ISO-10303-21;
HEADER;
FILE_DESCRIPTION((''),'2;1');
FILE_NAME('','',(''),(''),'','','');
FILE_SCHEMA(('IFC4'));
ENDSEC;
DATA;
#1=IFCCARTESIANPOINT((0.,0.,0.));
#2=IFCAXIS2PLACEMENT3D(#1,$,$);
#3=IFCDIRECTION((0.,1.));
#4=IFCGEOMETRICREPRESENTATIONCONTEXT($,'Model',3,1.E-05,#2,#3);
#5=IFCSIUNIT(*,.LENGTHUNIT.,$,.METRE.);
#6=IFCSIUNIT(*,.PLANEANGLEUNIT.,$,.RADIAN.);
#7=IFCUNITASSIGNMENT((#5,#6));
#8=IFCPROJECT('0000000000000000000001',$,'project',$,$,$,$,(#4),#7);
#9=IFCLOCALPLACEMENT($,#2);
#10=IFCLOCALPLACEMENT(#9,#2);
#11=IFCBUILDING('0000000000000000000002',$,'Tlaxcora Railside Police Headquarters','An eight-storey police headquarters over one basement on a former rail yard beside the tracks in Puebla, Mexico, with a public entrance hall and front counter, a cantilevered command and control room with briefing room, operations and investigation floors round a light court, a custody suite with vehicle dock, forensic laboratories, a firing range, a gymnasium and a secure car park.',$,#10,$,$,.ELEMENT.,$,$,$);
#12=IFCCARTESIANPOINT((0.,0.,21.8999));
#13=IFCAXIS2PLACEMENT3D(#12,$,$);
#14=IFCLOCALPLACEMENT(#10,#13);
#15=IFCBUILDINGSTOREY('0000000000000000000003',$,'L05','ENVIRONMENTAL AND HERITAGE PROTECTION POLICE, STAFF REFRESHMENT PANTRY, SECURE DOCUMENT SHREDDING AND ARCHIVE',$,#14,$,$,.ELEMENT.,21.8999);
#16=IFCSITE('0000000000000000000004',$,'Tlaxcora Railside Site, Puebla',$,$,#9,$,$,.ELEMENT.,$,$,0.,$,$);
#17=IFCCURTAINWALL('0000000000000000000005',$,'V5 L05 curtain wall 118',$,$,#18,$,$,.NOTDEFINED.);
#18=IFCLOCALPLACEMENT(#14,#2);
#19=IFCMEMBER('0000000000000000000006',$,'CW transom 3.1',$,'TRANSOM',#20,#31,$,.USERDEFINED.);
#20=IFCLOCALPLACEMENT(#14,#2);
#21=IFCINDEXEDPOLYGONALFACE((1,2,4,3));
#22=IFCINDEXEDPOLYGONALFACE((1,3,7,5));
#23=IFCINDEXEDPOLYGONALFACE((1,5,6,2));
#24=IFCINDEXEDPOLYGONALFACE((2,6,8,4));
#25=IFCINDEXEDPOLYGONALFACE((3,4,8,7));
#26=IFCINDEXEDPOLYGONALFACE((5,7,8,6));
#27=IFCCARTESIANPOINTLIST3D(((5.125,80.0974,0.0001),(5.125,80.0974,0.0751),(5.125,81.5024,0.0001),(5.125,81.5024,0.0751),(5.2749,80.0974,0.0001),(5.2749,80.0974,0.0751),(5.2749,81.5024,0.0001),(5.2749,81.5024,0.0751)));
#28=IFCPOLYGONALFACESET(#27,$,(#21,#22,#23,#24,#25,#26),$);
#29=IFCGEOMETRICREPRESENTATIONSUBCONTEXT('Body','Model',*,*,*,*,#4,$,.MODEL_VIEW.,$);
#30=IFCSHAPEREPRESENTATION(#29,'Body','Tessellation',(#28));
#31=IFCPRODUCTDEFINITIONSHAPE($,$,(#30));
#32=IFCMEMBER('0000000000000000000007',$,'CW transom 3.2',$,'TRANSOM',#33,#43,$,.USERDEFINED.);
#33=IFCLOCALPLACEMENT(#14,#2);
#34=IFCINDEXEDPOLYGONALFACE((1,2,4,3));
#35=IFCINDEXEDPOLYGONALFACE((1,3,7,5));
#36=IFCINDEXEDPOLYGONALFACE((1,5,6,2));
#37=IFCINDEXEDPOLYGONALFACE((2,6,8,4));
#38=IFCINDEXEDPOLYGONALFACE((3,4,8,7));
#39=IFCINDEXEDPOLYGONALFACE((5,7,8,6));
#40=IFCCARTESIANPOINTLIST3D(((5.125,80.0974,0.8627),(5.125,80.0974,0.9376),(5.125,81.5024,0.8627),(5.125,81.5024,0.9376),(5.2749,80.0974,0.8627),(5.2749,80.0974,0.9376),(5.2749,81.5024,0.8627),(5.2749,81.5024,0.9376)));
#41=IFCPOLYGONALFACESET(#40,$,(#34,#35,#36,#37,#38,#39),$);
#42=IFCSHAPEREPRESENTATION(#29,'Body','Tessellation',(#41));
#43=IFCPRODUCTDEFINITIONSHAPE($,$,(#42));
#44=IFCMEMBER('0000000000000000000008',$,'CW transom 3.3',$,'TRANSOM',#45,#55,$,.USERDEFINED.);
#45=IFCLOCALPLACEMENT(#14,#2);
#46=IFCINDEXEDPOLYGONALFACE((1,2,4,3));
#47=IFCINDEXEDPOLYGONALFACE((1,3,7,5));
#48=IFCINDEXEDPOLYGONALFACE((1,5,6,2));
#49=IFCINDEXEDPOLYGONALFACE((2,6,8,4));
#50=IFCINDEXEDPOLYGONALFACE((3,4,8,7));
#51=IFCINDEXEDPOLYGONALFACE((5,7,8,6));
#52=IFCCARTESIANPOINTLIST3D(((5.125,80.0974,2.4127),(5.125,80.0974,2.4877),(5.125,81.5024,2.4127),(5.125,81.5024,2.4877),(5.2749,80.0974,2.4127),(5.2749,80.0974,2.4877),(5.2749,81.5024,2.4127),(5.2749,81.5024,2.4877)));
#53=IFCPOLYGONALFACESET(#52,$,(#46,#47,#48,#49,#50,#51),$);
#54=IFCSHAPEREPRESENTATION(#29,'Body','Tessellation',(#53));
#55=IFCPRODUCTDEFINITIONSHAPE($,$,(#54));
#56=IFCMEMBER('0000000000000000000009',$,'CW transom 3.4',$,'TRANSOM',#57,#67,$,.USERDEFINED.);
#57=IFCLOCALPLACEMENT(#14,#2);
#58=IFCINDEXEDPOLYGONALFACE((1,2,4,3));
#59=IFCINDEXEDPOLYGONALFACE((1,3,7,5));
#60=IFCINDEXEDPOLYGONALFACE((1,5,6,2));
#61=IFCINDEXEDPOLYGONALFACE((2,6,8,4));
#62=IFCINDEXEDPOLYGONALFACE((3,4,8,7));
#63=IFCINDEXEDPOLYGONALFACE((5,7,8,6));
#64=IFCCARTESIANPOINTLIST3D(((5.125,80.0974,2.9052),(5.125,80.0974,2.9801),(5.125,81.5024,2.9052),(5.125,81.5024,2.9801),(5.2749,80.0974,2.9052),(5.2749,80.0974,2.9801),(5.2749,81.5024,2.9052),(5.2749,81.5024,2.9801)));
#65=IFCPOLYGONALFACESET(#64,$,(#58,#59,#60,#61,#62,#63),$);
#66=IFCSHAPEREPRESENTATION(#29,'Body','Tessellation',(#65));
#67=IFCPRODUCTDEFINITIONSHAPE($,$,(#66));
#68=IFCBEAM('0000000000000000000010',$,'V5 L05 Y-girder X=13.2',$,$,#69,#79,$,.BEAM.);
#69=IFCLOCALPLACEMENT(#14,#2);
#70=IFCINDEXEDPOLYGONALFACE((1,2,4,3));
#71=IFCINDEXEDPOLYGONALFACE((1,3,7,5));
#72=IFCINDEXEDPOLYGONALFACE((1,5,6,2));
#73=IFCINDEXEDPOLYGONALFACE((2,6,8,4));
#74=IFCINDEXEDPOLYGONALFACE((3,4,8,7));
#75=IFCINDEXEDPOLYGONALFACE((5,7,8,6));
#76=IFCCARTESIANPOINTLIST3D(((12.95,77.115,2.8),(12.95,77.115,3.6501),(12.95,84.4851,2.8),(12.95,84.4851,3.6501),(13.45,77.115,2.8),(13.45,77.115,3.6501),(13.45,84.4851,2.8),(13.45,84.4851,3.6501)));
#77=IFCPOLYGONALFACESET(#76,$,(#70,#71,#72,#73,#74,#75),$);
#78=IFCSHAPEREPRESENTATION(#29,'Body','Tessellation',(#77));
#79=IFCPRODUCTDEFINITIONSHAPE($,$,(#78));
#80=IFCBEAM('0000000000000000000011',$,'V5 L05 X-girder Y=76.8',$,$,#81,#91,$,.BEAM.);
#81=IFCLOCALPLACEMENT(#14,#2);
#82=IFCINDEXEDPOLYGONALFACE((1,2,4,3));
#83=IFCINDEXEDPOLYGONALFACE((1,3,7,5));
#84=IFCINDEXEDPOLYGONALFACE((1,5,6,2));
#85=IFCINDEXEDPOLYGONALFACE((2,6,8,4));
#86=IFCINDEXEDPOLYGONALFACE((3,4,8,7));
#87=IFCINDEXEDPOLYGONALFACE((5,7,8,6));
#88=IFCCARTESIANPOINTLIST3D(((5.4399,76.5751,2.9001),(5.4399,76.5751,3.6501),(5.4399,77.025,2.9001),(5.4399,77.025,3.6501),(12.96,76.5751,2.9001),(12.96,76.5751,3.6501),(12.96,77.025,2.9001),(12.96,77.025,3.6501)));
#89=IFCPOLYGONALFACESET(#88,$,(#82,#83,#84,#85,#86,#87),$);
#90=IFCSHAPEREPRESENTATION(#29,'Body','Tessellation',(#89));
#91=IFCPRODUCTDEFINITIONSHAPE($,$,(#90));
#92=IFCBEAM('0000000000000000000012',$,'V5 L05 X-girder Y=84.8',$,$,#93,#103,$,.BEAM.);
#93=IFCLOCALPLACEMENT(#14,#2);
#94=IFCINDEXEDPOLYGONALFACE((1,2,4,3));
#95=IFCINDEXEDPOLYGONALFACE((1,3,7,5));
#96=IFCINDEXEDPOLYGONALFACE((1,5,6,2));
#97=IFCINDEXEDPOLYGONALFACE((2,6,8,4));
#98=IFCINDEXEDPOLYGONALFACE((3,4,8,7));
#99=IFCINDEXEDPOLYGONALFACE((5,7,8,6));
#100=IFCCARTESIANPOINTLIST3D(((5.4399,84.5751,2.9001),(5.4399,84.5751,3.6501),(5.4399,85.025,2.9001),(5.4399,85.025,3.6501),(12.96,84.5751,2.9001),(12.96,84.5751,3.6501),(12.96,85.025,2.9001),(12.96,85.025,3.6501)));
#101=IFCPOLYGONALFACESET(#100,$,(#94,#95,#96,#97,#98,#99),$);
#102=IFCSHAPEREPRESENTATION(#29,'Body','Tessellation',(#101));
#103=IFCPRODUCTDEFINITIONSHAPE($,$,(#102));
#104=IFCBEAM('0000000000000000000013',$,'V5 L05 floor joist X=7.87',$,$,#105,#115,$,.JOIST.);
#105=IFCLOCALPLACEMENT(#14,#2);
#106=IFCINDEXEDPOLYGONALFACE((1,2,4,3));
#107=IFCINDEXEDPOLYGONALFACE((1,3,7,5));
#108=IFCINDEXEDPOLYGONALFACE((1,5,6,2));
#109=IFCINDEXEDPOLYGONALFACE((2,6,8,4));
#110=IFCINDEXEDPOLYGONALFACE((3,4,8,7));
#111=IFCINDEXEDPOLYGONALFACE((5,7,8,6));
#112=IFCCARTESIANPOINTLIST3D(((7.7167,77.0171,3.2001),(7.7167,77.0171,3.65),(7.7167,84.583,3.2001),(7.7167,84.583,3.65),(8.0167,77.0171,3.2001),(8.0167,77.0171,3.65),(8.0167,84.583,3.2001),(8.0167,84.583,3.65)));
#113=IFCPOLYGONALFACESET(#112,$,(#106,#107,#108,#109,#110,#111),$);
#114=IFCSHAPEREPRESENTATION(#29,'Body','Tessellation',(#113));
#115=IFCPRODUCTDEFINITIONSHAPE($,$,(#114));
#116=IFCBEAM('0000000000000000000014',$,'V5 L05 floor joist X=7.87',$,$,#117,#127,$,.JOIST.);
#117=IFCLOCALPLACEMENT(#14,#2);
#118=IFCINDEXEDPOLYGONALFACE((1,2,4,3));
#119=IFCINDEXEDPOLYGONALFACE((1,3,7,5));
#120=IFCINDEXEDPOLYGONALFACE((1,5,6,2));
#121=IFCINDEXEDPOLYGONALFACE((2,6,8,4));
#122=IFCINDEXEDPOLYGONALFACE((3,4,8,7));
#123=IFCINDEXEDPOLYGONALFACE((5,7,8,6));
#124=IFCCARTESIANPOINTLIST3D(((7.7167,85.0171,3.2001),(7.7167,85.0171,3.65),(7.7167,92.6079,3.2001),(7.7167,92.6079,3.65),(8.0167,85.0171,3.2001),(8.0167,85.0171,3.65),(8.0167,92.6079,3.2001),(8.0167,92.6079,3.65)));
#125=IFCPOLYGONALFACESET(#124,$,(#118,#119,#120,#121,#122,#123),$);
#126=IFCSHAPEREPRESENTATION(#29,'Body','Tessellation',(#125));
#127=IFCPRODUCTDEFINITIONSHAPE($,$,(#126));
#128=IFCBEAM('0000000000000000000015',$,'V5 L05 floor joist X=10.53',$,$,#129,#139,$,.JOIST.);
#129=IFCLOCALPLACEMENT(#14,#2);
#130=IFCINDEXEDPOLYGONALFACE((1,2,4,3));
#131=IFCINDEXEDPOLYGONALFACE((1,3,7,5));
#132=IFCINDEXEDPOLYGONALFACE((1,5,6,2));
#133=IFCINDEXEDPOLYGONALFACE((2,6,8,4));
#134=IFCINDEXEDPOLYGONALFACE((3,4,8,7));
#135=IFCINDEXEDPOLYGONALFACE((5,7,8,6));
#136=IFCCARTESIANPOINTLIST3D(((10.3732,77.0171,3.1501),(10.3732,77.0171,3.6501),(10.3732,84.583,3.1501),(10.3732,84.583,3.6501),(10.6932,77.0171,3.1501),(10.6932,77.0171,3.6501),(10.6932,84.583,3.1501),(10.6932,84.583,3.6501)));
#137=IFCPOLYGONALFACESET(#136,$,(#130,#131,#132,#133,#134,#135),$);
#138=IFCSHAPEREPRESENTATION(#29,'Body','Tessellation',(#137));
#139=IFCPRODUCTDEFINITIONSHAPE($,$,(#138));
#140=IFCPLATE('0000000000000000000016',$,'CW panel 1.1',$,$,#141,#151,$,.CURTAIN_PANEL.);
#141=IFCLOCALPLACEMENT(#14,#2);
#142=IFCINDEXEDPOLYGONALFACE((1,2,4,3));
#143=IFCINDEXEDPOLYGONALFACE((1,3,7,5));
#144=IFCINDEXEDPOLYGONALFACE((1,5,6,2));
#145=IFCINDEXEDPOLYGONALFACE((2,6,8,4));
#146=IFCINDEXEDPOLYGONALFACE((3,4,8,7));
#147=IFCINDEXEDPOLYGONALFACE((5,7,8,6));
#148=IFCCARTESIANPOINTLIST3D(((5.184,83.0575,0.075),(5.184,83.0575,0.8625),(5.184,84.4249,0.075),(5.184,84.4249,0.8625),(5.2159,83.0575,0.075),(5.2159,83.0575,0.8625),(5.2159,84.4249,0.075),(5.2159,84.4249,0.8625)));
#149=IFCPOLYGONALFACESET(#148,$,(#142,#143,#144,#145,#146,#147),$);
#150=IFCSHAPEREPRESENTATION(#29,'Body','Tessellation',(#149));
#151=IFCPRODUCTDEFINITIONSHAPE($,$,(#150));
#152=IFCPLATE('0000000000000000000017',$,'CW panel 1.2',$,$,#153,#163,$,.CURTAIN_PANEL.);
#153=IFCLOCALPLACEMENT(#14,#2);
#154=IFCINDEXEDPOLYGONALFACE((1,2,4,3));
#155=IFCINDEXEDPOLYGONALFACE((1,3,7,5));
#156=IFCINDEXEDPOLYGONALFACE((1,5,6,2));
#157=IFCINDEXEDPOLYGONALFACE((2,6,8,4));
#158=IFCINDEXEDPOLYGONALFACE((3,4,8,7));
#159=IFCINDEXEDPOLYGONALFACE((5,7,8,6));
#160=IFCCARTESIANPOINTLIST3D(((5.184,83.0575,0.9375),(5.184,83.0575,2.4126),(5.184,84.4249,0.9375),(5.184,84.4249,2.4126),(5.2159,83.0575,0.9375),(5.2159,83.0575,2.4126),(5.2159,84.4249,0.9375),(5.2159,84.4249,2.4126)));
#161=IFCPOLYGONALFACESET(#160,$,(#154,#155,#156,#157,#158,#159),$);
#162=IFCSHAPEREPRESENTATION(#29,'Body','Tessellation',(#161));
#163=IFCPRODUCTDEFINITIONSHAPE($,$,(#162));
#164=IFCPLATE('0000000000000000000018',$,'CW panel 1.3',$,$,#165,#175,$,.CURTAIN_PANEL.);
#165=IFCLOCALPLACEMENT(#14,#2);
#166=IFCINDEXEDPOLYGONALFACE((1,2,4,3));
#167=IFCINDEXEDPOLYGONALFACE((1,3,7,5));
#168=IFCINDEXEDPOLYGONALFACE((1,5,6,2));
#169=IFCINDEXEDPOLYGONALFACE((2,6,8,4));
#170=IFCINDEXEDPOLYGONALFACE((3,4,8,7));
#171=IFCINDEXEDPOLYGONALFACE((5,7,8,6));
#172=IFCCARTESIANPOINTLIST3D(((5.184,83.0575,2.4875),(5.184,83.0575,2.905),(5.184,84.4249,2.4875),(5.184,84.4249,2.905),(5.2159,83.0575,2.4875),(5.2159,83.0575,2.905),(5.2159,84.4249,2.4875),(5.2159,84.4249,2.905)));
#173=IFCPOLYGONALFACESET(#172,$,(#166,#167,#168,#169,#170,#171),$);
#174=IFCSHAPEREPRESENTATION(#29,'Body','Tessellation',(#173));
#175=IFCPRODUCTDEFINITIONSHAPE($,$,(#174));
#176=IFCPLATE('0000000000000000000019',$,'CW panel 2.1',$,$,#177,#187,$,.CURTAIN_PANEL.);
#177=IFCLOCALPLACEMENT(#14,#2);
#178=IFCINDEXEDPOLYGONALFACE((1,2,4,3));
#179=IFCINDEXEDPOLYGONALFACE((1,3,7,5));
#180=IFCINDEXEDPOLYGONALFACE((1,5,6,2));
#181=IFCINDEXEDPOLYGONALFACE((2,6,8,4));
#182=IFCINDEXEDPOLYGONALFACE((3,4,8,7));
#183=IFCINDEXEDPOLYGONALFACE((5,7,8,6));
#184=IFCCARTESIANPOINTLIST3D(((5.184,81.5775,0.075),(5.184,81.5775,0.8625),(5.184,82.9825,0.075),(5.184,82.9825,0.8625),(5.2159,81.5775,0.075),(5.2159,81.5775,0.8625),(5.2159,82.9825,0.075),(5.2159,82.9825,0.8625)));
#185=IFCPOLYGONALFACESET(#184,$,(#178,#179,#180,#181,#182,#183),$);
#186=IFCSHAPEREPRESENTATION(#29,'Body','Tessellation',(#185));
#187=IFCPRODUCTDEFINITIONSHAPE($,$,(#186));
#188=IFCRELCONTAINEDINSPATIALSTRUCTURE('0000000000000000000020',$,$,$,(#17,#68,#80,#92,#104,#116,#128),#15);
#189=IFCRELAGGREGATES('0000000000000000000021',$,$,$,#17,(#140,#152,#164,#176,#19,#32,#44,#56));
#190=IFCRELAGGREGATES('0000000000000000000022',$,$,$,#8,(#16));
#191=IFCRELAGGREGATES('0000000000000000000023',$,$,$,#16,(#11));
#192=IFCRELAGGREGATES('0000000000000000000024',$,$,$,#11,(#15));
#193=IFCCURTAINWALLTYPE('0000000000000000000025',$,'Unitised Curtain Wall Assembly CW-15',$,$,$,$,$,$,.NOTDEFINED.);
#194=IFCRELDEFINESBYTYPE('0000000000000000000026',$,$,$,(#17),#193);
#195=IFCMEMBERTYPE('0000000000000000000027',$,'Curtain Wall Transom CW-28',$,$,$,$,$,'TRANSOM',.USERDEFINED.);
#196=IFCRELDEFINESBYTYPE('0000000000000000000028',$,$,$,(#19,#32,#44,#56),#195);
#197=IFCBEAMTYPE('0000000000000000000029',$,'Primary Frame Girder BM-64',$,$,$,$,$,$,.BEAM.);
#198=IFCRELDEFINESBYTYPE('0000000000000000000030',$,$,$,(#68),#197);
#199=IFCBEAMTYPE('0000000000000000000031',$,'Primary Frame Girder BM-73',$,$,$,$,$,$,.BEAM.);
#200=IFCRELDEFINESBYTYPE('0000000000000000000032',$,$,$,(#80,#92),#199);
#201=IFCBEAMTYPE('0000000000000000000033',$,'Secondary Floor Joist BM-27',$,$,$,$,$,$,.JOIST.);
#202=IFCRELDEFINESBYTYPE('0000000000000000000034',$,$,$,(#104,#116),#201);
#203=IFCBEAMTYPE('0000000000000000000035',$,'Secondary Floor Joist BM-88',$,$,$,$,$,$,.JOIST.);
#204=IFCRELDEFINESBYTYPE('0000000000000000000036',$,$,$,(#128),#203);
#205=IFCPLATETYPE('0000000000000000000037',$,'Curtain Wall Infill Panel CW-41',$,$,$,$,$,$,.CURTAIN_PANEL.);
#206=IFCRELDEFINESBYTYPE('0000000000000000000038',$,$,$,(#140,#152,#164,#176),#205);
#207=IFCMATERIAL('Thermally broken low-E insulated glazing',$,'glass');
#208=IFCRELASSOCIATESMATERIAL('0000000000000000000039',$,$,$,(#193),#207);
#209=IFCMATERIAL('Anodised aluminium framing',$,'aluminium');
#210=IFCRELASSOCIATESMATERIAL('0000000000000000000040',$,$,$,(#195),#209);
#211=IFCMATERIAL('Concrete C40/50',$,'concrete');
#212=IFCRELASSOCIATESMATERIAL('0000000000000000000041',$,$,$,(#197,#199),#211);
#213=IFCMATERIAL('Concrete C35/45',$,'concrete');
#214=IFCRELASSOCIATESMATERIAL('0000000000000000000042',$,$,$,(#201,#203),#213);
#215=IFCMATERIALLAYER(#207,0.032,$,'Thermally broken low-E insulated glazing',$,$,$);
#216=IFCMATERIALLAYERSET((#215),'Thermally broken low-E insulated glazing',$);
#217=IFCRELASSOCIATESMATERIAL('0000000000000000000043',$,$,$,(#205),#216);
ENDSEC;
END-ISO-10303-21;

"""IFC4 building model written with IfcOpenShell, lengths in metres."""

from ifc_helpers import new_model, si_unit, direction, frame, origin, origin_2d, place, context, subcontext, project, spatial, rectangle, extrude, material, layer, layer_set, material_profile, profile_set, type_object, element, aggregate, save


model = new_model("IFC4")

# Units and contexts
model_context = context("Model", 3, precision=1e-05, world=origin(), true_north=direction((0.0, 1.0)))
body_context = subcontext(model_context, "Body", "Model", "MODEL_VIEW")
ifc_project = project(units=[si_unit("LENGTHUNIT", "METRE"), si_unit("PLANEANGLEUNIT", "RADIAN")], contexts=[model_context])

# Site, building, storey
site_placement = place(None, origin())
site = spatial("IfcSite", under=ifc_project, at=site_placement, Name="Tlaxcora Railside Site, Puebla", CompositionType="ELEMENT", RefElevation=0.0)
building_placement = place(site_placement, origin())
building = spatial("IfcBuilding", under=site, at=building_placement, Name="Tlaxcora Railside Police Headquarters", Description="An eight-storey police headquarters over one basement on a former rail yard beside the tracks in Puebla, Mexico, with a public entrance hall and front counter, a cantilevered command and control room with briefing room, operations and investigation floors round a light court, a custody suite with vehicle dock, forensic laboratories, a firing range, a gymnasium and a secure car park.", CompositionType="ELEMENT")
storey_placement = place(building_placement, frame((0.0, 0.0, 21.8999)))
storey = spatial("IfcBuildingStorey", under=building, at=storey_placement, Name="L05", Description="ENVIRONMENTAL AND HERITAGE PROTECTION POLICE, STAFF REFRESHMENT PANTRY, SECURE DOCUMENT SHREDDING AND ARCHIVE", CompositionType="ELEMENT", Elevation=21.8999)

# Shared definitions
ifc_material_1 = material(Name="Concrete C40/50", Category="concrete")

# Curtain wall, members
ifc_material_2 = material(Name="Thermally broken low-E insulated glazing", Category="glass")
curtain_wall_type = type_object("IfcCurtainWallType", Name="Unitised Curtain Wall Assembly CW-15", PredefinedType="NOTDEFINED", material=ifc_material_2)
curtain_wall_placement = place(storey_placement, origin())
curtain_wall = element("IfcCurtainWall", 1, at=curtain_wall_placement, inside=storey, type_object=curtain_wall_type, Name="V5 L05 curtain wall 118", PredefinedType="NOTDEFINED")
ifc_material_3 = material(Name="Anodised aluminium framing", Category="aluminium")
ifc_material_profile_1 = material_profile(ifc_material_3, rectangle(XDim=0.1499, YDim=0.075, at=origin_2d()), Name="AL75X150")
ifc_profile_set_1 = profile_set([ifc_material_profile_1], Name="Anodised aluminium framing")
member_type_1 = type_object("IfcMemberType", Name="Curtain Wall Transom CW-28", ElementType="TRANSOM", PredefinedType="USERDEFINED", material=ifc_profile_set_1)
member_1_placement = place(storey_placement, frame((5.2, 81.5024, 0.0376), z_axis=(0.0, -1.0, 0.0), x_axis=(1.0, 0.0, 0.0)))
member_1 = element("IfcMember", 2, at=member_1_placement, type_object=member_type_1, Name="CW transom 3.1", ObjectType="TRANSOM", PredefinedType="USERDEFINED", context=body_context, shape_type="SweptSolid", body=[
    extrude(rectangle(XDim=0.1499, YDim=0.075, at=origin_2d()), origin(), (0.0, 0.0, 1.0), 1.405),
])
member_2_placement = place(storey_placement, frame((5.2, 81.5024, 0.9001), z_axis=(0.0, -1.0, 0.0), x_axis=(1.0, 0.0, 0.0)))
member_2 = element("IfcMember", 3, at=member_2_placement, type_object=member_type_1, Name="CW transom 3.2", ObjectType="TRANSOM", PredefinedType="USERDEFINED", context=body_context, shape_type="SweptSolid", body=[
    extrude(rectangle(XDim=0.1499, YDim=0.075, at=origin_2d()), origin(), (0.0, 0.0, 1.0), 1.405),
])
member_3_placement = place(storey_placement, frame((5.2, 81.5024, 2.4502), z_axis=(0.0, -1.0, 0.0), x_axis=(1.0, 0.0, 0.0)))
member_3 = element("IfcMember", 4, at=member_3_placement, type_object=member_type_1, Name="CW transom 3.3", ObjectType="TRANSOM", PredefinedType="USERDEFINED", context=body_context, shape_type="SweptSolid", body=[
    extrude(rectangle(XDim=0.1499, YDim=0.075, at=origin_2d()), origin(), (0.0, 0.0, 1.0), 1.405),
])
member_4_placement = place(storey_placement, frame((5.2, 81.5024, 2.9426), z_axis=(0.0, -1.0, 0.0), x_axis=(1.0, 0.0, 0.0)))
member_4 = element("IfcMember", 5, at=member_4_placement, type_object=member_type_1, Name="CW transom 3.4", ObjectType="TRANSOM", PredefinedType="USERDEFINED", context=body_context, shape_type="SweptSolid", body=[
    extrude(rectangle(XDim=0.1499, YDim=0.075, at=origin_2d()), origin(), (0.0, 0.0, 1.0), 1.405),
])

# Beams
ifc_material_profile_2 = material_profile(ifc_material_1, rectangle(XDim=0.5, YDim=0.8501, at=origin_2d()), Name="RC500X850")
ifc_profile_set_2 = profile_set([ifc_material_profile_2], Name="Concrete C40/50")
beam_type_1 = type_object("IfcBeamType", Name="Primary Frame Girder BM-64", PredefinedType="BEAM", material=ifc_profile_set_2)
beam_1_placement = place(storey_placement, frame((13.2, 77.115, 3.2251), z_axis=(0.0, 1.0, 0.0), x_axis=(-1.0, 0.0, 0.0)))
element("IfcBeam", 6, at=beam_1_placement, inside=storey, type_object=beam_type_1, Name="V5 L05 Y-girder X=13.2", PredefinedType="BEAM", context=body_context, shape_type="SweptSolid", body=[
    extrude(rectangle(XDim=0.5, YDim=0.8501, at=origin_2d()), origin(), (0.0, 0.0, 1.0), 7.3701),
])
ifc_material_profile_3 = material_profile(ifc_material_1, rectangle(XDim=0.45, YDim=0.75, at=origin_2d()), Name="RC450X750")
ifc_profile_set_3 = profile_set([ifc_material_profile_3], Name="Concrete C40/50")
beam_type_2 = type_object("IfcBeamType", Name="Primary Frame Girder BM-73", PredefinedType="BEAM", material=ifc_profile_set_3)
for number, where, z_axis, x_axis, name in (
    (7, (5.4399, 76.8, 3.2751), (1.0, 0.0, 0.0), (0.0, 1.0, 0.0), "V5 L05 X-girder Y=76.8"),
    (8, (5.4399, 84.8, 3.2751), (1.0, 0.0, 0.0), (0.0, 1.0, 0.0), "V5 L05 X-girder Y=84.8"),
):
    element("IfcBeam", number, at=place(storey_placement, frame(where, z_axis=z_axis, x_axis=x_axis)), inside=storey, type_object=beam_type_2, Name=name, PredefinedType="BEAM", context=body_context, shape_type="SweptSolid", body=[
        extrude(rectangle(XDim=0.45, YDim=0.75, at=origin_2d()), origin(), (0.0, 0.0, 1.0), 7.52),
    ])
ifc_material_4 = material(Name="Concrete C35/45", Category="concrete")
ifc_material_profile_4 = material_profile(ifc_material_4, rectangle(XDim=0.3, YDim=0.45, at=origin_2d()), Name="RC300X450")
ifc_profile_set_4 = profile_set([ifc_material_profile_4], Name="Concrete C35/45")
beam_type_3 = type_object("IfcBeamType", Name="Secondary Floor Joist BM-27", PredefinedType="JOIST", material=ifc_profile_set_4)
beam_2_placement = place(storey_placement, frame((7.8667, 77.0171, 3.425), z_axis=(0.0, 1.0, 0.0), x_axis=(-1.0, 0.0, 0.0)))
element("IfcBeam", 9, at=beam_2_placement, inside=storey, type_object=beam_type_3, Name="V5 L05 floor joist X=7.87", PredefinedType="JOIST", context=body_context, shape_type="SweptSolid", body=[
    extrude(rectangle(XDim=0.3, YDim=0.45, at=origin_2d()), origin(), (0.0, 0.0, 1.0), 7.5659),
])
beam_3_placement = place(storey_placement, frame((7.8667, 85.0171, 3.425), z_axis=(0.0, 1.0, 0.0), x_axis=(-1.0, 0.0, 0.0)))
element("IfcBeam", 10, at=beam_3_placement, inside=storey, type_object=beam_type_3, Name="V5 L05 floor joist X=7.87", PredefinedType="JOIST", context=body_context, shape_type="SweptSolid", body=[
    extrude(rectangle(XDim=0.3, YDim=0.45, at=origin_2d()), origin(), (0.0, 0.0, 1.0), 7.5908),
])
ifc_material_profile_5 = material_profile(ifc_material_4, rectangle(XDim=0.3201, YDim=0.5, at=origin_2d()), Name="RC320X500")
ifc_profile_set_5 = profile_set([ifc_material_profile_5], Name="Concrete C35/45")
beam_type_4 = type_object("IfcBeamType", Name="Secondary Floor Joist BM-88", PredefinedType="JOIST", material=ifc_profile_set_5)
beam_4_placement = place(storey_placement, frame((10.5332, 77.0171, 3.4001), z_axis=(0.0, 1.0, 0.0), x_axis=(-1.0, 0.0, 0.0)))
element("IfcBeam", 11, at=beam_4_placement, inside=storey, type_object=beam_type_4, Name="V5 L05 floor joist X=10.53", PredefinedType="JOIST", context=body_context, shape_type="SweptSolid", body=[
    extrude(rectangle(XDim=0.3201, YDim=0.5, at=origin_2d()), origin(), (0.0, 0.0, 1.0), 7.5659),
])

# Plates
ifc_layer = layer(ifc_material_2, 0.032, Name="Thermally broken low-E insulated glazing")
ifc_layer_set = layer_set([ifc_layer], Name="Thermally broken low-E insulated glazing")
plate_type = type_object("IfcPlateType", Name="Curtain Wall Infill Panel CW-41", PredefinedType="CURTAIN_PANEL", material=ifc_layer_set)
plate_1_placement = place(storey_placement, frame((5.2, 83.7412, 0.075), z_axis=(0.0, 0.0, 1.0), x_axis=(0.0, -1.0, 0.0)))
plate_1 = element("IfcPlate", 12, at=plate_1_placement, type_object=plate_type, Name="CW panel 1.1", PredefinedType="CURTAIN_PANEL", context=body_context, shape_type="SweptSolid", body=[
    extrude(rectangle(XDim=1.3674, YDim=0.032, at=origin_2d()), origin(), (0.0, 0.0, 1.0), 0.7876),
])
plate_2_placement = place(storey_placement, frame((5.2, 83.7412, 0.9375), z_axis=(0.0, 0.0, 1.0), x_axis=(0.0, -1.0, 0.0)))
plate_2 = element("IfcPlate", 13, at=plate_2_placement, type_object=plate_type, Name="CW panel 1.2", PredefinedType="CURTAIN_PANEL", context=body_context, shape_type="SweptSolid", body=[
    extrude(rectangle(XDim=1.3674, YDim=0.032, at=origin_2d()), origin(), (0.0, 0.0, 1.0), 1.4751),
])
plate_3_placement = place(storey_placement, frame((5.2, 83.7412, 2.4875), z_axis=(0.0, 0.0, 1.0), x_axis=(0.0, -1.0, 0.0)))
plate_3 = element("IfcPlate", 14, at=plate_3_placement, type_object=plate_type, Name="CW panel 1.3", PredefinedType="CURTAIN_PANEL", context=body_context, shape_type="SweptSolid", body=[
    extrude(rectangle(XDim=1.3674, YDim=0.032, at=origin_2d()), origin(), (0.0, 0.0, 1.0), 0.4175),
])
plate_4_placement = place(storey_placement, frame((5.2, 82.28, 0.075), z_axis=(0.0, 0.0, 1.0), x_axis=(0.0, -1.0, 0.0)))
plate_4 = element("IfcPlate", 15, at=plate_4_placement, type_object=plate_type, Name="CW panel 2.1", PredefinedType="CURTAIN_PANEL", context=body_context, shape_type="SweptSolid", body=[
    extrude(rectangle(XDim=1.405, YDim=0.032, at=origin_2d()), origin(), (0.0, 0.0, 1.0), 0.7876),
])
aggregate(curtain_wall, [plate_1, plate_2, plate_3, plate_4, member_1, member_2, member_3, member_4])

save(model, "model.ifc")
